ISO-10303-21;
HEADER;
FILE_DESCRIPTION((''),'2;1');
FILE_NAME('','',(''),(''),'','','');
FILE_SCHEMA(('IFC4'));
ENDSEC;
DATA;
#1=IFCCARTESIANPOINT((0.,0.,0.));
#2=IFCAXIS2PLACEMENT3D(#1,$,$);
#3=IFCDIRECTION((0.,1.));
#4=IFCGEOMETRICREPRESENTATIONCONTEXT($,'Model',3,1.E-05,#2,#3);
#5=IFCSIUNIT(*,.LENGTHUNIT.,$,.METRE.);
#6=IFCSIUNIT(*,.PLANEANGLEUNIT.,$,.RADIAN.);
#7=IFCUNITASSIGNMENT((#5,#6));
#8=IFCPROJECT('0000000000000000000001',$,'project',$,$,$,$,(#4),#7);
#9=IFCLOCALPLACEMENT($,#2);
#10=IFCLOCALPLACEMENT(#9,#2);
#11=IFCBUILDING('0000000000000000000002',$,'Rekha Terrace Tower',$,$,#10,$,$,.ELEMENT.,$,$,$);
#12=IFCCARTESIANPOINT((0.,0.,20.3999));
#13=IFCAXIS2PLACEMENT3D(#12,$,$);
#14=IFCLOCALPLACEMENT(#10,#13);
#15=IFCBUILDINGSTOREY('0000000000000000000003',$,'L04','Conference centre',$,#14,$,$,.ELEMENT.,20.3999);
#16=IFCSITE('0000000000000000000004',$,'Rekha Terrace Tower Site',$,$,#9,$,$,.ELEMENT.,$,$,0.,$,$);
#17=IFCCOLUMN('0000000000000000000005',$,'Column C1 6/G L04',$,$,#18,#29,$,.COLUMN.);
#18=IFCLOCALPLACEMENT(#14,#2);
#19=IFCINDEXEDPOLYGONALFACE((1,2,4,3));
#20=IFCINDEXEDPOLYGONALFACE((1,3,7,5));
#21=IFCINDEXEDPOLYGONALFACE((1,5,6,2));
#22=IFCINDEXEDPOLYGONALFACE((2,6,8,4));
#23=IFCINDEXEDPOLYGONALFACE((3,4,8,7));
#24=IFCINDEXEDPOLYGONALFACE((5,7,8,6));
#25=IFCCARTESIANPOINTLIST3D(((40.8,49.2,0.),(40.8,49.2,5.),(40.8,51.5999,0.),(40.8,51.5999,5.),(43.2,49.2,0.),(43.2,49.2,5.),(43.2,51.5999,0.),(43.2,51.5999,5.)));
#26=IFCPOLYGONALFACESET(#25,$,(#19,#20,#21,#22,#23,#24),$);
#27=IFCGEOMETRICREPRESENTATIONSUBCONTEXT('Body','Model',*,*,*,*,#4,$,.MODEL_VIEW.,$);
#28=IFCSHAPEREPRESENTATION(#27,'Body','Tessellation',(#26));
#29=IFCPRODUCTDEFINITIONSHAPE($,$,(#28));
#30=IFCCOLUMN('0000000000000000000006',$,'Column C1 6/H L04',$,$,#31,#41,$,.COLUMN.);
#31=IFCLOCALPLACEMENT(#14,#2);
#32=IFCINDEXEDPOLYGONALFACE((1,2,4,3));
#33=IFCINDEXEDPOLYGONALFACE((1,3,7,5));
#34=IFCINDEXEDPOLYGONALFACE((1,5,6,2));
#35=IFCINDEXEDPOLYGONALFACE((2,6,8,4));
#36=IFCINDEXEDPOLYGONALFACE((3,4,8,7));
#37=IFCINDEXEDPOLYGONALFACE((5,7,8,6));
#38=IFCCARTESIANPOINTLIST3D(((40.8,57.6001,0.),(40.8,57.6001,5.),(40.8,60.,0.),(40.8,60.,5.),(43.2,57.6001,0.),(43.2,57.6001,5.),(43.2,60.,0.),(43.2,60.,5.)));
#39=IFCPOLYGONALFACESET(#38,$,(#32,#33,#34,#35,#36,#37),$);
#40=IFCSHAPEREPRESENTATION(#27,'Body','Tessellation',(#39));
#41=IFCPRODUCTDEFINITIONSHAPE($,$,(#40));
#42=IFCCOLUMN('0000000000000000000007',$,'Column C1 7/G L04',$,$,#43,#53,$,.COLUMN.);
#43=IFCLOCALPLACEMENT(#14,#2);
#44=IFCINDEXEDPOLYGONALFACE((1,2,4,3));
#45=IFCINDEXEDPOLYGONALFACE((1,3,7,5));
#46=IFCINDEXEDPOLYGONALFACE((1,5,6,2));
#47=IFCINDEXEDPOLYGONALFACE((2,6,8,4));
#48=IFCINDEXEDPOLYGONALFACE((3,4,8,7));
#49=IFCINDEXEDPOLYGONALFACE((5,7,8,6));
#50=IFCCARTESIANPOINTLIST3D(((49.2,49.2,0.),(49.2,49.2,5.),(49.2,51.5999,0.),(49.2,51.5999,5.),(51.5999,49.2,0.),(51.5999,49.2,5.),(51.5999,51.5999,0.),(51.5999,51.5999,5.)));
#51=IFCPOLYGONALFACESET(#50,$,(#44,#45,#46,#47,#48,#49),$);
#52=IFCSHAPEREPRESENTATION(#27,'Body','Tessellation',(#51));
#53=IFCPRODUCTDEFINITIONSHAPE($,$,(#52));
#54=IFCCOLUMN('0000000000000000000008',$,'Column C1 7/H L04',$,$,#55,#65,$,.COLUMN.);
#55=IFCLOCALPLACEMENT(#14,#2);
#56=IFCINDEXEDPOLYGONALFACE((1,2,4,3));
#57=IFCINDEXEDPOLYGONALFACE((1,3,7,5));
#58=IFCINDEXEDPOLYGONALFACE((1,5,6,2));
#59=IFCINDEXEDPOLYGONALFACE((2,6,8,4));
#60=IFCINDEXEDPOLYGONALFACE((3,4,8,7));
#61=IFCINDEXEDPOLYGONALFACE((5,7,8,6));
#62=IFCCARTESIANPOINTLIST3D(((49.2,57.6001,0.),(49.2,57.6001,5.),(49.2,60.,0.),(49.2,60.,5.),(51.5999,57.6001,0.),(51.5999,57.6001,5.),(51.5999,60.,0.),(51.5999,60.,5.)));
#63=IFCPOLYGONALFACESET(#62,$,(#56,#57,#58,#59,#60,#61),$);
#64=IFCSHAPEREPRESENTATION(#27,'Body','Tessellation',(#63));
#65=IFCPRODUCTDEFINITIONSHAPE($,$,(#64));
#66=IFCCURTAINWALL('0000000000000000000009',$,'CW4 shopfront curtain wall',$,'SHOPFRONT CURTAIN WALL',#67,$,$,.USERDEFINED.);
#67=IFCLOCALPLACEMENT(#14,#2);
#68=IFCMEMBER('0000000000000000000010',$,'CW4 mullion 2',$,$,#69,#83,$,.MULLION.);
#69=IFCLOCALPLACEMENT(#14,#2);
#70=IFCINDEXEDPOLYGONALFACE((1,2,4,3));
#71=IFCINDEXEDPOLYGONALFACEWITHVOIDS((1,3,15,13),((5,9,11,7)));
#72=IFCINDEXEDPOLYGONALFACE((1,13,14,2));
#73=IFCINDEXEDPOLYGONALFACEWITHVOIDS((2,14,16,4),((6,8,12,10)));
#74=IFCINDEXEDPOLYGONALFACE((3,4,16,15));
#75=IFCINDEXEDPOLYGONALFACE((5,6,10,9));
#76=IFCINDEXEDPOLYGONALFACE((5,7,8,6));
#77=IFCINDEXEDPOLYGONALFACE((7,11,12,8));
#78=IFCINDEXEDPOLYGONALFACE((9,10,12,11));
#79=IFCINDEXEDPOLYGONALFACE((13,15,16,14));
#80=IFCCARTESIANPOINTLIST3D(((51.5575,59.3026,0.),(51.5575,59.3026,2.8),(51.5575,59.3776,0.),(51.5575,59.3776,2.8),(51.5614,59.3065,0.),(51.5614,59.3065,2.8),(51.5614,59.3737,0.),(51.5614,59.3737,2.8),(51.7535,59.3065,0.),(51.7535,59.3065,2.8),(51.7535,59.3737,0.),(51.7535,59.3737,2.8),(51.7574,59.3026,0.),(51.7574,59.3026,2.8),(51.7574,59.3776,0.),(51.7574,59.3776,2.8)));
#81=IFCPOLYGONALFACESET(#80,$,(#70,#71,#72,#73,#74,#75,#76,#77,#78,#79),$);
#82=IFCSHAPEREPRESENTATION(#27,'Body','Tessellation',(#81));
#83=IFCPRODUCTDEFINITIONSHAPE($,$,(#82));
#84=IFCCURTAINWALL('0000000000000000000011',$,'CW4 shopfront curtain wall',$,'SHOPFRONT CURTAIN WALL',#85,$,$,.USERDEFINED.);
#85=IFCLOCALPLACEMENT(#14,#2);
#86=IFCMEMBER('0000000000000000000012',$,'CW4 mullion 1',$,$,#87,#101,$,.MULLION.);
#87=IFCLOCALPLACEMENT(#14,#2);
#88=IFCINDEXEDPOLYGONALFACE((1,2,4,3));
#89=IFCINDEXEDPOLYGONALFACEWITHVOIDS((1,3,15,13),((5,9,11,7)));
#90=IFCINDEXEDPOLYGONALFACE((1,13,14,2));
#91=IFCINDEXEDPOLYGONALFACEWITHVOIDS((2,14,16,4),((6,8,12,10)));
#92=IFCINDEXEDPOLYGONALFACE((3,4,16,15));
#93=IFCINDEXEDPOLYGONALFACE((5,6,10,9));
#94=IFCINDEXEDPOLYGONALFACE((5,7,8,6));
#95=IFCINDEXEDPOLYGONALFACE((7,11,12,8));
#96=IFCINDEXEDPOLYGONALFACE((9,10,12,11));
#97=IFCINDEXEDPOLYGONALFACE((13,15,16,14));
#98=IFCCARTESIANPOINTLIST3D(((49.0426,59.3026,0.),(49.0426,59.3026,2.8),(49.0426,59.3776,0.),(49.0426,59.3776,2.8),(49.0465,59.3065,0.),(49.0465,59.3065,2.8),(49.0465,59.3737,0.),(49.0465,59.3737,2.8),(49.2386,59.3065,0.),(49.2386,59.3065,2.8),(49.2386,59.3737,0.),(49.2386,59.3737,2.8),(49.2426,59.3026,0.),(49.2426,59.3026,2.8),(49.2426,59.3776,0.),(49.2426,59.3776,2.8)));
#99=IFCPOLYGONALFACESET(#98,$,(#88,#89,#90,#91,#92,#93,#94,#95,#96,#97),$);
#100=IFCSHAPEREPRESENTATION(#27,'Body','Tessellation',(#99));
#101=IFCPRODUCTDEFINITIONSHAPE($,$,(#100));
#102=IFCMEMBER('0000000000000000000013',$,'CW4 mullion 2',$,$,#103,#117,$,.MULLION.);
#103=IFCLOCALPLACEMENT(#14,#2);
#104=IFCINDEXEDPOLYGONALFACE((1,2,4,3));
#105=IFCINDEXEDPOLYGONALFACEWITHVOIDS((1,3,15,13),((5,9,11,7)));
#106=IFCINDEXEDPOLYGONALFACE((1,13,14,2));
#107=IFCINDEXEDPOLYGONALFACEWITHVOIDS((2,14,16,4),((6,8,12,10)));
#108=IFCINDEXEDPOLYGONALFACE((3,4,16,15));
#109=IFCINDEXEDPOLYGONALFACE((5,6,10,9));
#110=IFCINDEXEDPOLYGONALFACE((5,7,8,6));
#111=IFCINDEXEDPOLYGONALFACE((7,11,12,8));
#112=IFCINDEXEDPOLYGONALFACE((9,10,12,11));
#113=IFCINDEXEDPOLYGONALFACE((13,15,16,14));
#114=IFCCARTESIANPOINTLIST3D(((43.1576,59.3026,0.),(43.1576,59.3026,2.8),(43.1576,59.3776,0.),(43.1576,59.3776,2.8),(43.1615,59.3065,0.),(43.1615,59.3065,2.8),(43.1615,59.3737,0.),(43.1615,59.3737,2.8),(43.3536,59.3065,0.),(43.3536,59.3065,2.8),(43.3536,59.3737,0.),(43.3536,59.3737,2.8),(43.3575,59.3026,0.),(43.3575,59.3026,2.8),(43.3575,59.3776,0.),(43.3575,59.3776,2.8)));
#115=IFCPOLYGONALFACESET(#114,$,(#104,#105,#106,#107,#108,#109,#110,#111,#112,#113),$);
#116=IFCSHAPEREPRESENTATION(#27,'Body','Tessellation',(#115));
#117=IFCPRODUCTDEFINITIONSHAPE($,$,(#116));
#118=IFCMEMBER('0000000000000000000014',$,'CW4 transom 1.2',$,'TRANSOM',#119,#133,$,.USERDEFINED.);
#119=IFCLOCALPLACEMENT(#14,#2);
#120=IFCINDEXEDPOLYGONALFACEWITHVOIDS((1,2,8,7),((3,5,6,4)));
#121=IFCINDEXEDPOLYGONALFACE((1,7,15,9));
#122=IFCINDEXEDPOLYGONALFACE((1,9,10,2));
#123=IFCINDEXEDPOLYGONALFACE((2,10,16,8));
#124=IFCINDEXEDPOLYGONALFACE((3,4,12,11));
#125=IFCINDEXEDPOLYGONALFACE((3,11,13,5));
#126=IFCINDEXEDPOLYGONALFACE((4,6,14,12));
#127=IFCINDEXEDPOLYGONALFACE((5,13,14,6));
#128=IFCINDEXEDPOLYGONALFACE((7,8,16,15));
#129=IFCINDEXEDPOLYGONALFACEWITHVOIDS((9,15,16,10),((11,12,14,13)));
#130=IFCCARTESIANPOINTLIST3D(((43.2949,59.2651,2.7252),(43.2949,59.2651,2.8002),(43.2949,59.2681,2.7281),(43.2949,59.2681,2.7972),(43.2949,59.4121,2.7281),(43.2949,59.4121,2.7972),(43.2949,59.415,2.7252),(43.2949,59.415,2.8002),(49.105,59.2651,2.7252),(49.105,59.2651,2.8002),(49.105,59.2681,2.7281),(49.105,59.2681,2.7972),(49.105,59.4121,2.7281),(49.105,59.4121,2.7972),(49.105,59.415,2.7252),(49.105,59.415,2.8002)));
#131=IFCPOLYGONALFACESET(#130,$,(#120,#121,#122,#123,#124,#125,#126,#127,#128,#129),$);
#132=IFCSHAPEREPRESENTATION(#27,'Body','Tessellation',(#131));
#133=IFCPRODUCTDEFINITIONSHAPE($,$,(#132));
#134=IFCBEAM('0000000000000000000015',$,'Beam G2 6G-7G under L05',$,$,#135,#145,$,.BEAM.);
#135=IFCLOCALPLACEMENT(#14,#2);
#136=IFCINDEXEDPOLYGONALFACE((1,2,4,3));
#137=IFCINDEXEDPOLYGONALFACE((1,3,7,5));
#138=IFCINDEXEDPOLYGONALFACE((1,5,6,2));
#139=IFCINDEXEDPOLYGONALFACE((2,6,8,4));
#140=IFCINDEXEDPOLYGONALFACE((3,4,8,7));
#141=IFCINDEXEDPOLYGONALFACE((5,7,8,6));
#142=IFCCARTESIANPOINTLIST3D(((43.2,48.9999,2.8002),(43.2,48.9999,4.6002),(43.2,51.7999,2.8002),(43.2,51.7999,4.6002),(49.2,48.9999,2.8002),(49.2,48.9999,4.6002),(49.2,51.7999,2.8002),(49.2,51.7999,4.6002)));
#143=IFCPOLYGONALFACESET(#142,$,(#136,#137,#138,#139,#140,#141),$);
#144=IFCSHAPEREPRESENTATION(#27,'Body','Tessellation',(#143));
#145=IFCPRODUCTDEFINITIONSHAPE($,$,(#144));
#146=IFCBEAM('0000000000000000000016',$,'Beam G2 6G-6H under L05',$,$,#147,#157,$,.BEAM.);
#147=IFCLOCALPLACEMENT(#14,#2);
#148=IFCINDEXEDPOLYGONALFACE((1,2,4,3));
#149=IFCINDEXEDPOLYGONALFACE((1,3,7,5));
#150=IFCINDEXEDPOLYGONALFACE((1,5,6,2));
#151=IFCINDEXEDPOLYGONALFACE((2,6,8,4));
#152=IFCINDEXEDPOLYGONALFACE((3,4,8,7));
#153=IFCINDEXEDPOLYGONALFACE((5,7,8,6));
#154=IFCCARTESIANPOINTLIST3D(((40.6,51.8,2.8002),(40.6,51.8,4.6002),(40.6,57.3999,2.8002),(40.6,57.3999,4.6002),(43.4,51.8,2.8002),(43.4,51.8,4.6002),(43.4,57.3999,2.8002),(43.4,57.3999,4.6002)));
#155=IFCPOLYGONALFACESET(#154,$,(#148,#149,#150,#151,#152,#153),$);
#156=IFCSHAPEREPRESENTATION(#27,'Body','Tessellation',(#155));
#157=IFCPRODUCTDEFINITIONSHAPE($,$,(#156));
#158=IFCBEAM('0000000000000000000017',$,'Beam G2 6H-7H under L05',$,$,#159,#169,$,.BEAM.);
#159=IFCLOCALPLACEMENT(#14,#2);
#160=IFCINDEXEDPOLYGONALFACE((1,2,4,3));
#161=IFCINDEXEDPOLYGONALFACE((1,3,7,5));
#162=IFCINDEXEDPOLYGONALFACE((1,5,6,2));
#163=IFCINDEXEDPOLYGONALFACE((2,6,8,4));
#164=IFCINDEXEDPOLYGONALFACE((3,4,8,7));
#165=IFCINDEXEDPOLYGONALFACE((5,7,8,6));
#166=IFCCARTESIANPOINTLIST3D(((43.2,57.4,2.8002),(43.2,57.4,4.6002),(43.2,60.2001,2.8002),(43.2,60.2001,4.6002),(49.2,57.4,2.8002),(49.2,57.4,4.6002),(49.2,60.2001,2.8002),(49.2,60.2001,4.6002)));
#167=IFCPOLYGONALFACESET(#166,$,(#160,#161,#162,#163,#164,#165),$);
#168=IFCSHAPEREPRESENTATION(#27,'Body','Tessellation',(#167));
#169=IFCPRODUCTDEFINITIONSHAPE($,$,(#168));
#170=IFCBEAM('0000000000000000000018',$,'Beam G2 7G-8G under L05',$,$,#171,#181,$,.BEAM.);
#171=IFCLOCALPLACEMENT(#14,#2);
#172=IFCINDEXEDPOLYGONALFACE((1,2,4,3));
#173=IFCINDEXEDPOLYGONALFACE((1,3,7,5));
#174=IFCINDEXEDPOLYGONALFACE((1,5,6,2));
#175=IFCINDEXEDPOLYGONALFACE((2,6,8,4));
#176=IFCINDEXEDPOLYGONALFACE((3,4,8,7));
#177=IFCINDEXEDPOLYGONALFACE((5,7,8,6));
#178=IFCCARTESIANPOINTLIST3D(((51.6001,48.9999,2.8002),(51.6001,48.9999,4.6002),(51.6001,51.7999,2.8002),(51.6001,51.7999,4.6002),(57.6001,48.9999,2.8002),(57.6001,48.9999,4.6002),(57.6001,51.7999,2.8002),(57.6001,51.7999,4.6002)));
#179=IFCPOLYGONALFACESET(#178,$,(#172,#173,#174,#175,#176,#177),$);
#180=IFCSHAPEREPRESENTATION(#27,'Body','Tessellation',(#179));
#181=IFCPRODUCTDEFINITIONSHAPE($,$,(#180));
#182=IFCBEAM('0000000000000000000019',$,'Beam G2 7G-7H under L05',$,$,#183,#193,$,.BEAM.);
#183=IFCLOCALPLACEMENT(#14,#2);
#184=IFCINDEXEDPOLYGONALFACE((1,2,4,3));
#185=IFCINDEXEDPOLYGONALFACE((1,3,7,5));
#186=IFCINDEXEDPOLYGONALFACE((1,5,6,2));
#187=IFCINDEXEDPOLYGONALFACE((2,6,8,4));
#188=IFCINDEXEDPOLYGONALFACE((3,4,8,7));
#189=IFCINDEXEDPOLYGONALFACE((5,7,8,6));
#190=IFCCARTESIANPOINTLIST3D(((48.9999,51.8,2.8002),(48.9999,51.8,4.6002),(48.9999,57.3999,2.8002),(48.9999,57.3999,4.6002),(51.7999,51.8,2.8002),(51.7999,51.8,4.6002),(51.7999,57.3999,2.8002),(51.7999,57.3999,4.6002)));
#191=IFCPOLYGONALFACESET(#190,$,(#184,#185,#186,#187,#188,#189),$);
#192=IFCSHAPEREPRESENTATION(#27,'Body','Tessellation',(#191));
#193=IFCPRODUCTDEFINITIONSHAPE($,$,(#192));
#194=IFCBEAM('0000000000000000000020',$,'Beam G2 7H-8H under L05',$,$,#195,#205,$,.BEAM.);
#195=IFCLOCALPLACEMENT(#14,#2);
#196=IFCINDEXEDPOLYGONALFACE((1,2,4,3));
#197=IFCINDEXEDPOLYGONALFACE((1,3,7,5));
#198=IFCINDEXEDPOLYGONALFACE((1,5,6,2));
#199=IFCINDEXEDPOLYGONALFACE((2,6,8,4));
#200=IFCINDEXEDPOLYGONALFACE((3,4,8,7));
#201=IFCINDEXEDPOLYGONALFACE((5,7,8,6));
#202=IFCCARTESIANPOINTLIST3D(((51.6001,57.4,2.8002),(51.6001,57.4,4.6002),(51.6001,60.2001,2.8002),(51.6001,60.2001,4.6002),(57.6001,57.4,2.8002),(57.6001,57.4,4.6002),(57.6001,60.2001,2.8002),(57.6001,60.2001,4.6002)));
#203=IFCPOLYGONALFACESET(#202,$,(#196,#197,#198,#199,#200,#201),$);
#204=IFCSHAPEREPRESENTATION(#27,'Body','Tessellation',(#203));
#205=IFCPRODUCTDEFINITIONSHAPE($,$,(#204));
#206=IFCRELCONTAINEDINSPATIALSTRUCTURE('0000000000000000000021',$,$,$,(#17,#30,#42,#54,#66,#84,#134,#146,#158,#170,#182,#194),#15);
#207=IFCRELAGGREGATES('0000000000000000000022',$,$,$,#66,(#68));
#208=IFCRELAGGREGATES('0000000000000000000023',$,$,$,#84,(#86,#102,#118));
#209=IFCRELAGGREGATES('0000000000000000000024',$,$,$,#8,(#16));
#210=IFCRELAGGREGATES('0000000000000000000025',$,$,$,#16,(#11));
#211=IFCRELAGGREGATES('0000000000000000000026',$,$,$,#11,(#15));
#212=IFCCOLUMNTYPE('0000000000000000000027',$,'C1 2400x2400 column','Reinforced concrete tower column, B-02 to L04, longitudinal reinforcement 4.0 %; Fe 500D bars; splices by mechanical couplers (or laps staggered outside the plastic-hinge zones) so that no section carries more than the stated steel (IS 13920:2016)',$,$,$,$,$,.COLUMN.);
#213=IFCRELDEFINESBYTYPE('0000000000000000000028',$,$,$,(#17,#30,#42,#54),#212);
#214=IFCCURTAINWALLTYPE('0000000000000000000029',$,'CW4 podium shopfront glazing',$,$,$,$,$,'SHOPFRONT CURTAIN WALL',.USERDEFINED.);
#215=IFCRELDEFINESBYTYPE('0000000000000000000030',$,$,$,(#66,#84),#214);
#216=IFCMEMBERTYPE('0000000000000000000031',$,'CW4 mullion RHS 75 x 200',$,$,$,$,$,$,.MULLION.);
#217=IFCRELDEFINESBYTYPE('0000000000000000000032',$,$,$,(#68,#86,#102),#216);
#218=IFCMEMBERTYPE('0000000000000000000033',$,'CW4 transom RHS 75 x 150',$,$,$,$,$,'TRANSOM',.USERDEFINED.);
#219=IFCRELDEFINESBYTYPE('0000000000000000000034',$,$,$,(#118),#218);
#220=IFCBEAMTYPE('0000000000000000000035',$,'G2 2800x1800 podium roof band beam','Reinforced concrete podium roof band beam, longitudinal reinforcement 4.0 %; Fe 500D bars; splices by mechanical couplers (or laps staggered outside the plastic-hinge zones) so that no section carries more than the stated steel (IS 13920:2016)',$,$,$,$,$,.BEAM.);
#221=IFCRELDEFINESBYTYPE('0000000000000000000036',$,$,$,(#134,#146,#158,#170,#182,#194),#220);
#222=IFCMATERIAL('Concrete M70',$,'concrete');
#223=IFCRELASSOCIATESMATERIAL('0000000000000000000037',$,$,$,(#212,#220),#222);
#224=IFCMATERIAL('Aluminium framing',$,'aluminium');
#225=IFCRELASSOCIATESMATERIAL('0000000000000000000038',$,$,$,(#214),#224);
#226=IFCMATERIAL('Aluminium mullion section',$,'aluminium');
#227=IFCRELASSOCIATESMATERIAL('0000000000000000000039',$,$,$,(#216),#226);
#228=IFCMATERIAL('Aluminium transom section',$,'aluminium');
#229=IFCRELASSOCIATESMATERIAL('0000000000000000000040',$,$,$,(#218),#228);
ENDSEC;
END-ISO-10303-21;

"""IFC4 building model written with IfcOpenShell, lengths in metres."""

from ifc_helpers import new_model, si_unit, direction, frame, origin, origin_2d, place, context, subcontext, project, spatial, rectangle, hollow_rectangle, extrude, material, material_profile, profile_set, type_object, element, aggregate, save


model = new_model("IFC4")

# Units and contexts
model_context = context("Model", 3, precision=1e-05, world=origin(), true_north=direction((0.0, 1.0)))
body_context = subcontext(model_context, "Body", "Model", "MODEL_VIEW")
ifc_project = project(units=[si_unit("LENGTHUNIT", "METRE"), si_unit("PLANEANGLEUNIT", "RADIAN")], contexts=[model_context])

# Site, building, storey
site_placement = place(None, origin())
site = spatial("IfcSite", under=ifc_project, at=site_placement, Name="Rekha Terrace Tower Site", CompositionType="ELEMENT", RefElevation=0.0)
building_placement = place(site_placement, origin())
building = spatial("IfcBuilding", under=site, at=building_placement, Name="Rekha Terrace Tower", CompositionType="ELEMENT")
storey_placement = place(building_placement, frame((0.0, 0.0, 20.3999)))
storey = spatial("IfcBuildingStorey", under=building, at=storey_placement, Name="L04", Description="Conference centre", CompositionType="ELEMENT", Elevation=20.3999)

# Columns
ifc_material_1 = material(Name="Concrete M70", Category="concrete")
ifc_material_profile_1 = material_profile(ifc_material_1, rectangle(XDim=2.3999, YDim=2.3999, at=origin_2d()), Name="RC 2400x2400")
ifc_profile_set_1 = profile_set([ifc_material_profile_1], Name="Concrete M70")
column_type = type_object("IfcColumnType", Name="C1 2400x2400 column", Description="Reinforced concrete tower column, B-02 to L04, longitudinal reinforcement 4.0 %; Fe 500D bars; splices by mechanical couplers (or laps staggered outside the plastic-hinge zones) so that no section carries more than the stated steel (IS 13920:2016)", PredefinedType="COLUMN", material=ifc_profile_set_1)
for number, where, z_axis, x_axis, name in (
    (1, (42.0, 50.3999, 0.0), (0.0, 0.0, 1.0), (1.0, 0.0, 0.0), "Column C1 6/G L04"),
    (2, (42.0, 58.8, 0.0), (0.0, 0.0, 1.0), (1.0, 0.0, 0.0), "Column C1 6/H L04"),
    (3, (50.3999, 50.3999, 0.0), (0.0, 0.0, 1.0), (1.0, 0.0, 0.0), "Column C1 7/G L04"),
    (4, (50.3999, 58.8, 0.0), (0.0, 0.0, 1.0), (1.0, 0.0, 0.0), "Column C1 7/H L04"),
):
    element("IfcColumn", number, at=place(storey_placement, frame(where, z_axis=z_axis, x_axis=x_axis)), inside=storey, type_object=column_type, Name=name, PredefinedType="COLUMN", context=body_context, shape_type="SweptSolid", body=[
        extrude(rectangle(XDim=2.3999, YDim=2.3999, at=origin_2d()), origin(), (0.0, 0.0, 1.0), 5.0),
    ])

# Curtain wall, member
ifc_material_2 = material(Name="Aluminium framing", Category="aluminium")
curtain_wall_type = type_object("IfcCurtainWallType", Name="CW4 podium shopfront glazing", ElementType="SHOPFRONT CURTAIN WALL", PredefinedType="USERDEFINED", material=ifc_material_2)
curtain_wall_1_placement = place(storey_placement, origin())
curtain_wall_1 = element("IfcCurtainWall", 5, at=curtain_wall_1_placement, inside=storey, type_object=curtain_wall_type, Name="CW4 shopfront curtain wall", ObjectType="SHOPFRONT CURTAIN WALL", PredefinedType="USERDEFINED")
ifc_material_3 = material(Name="Aluminium mullion section", Category="aluminium")
ifc_material_profile_2 = material_profile(ifc_material_3, hollow_rectangle(XDim=0.075, YDim=0.2, WallThickness=0.0039, at=origin_2d()), Name="AL RHS 75x200")
ifc_profile_set_2 = profile_set([ifc_material_profile_2], Name="Aluminium mullion section")
member_type_1 = type_object("IfcMemberType", Name="CW4 mullion RHS 75 x 200", PredefinedType="MULLION", material=ifc_profile_set_2)
member_1_placement = place(storey_placement, frame((51.6575, 59.3401, 0.0), z_axis=(0.0, 0.0, 1.0), x_axis=(0.0, -1.0, 0.0)))
member_1 = element("IfcMember", 6, at=member_1_placement, type_object=member_type_1, Name="CW4 mullion 2", PredefinedType="MULLION", context=body_context, shape_type="SweptSolid", body=[
    extrude(hollow_rectangle(XDim=0.075, YDim=0.2, WallThickness=0.0039, at=origin_2d()), origin(), (0.0, 0.0, 1.0), 2.8),
])
aggregate(curtain_wall_1, [member_1])

# Curtain wall, members
curtain_wall_2_placement = place(storey_placement, origin())
curtain_wall_2 = element("IfcCurtainWall", 7, at=curtain_wall_2_placement, inside=storey, type_object=curtain_wall_type, Name="CW4 shopfront curtain wall", ObjectType="SHOPFRONT CURTAIN WALL", PredefinedType="USERDEFINED")
member_2_placement = place(storey_placement, frame((49.1426, 59.3401, 0.0), z_axis=(0.0, 0.0, 1.0), x_axis=(0.0, -1.0, 0.0)))
member_2 = element("IfcMember", 8, at=member_2_placement, type_object=member_type_1, Name="CW4 mullion 1", PredefinedType="MULLION", context=body_context, shape_type="SweptSolid", body=[
    extrude(hollow_rectangle(XDim=0.075, YDim=0.2, WallThickness=0.0039, at=origin_2d()), origin(), (0.0, 0.0, 1.0), 2.8),
])
member_3_placement = place(storey_placement, frame((43.2576, 59.3401, 0.0), z_axis=(0.0, 0.0, 1.0), x_axis=(0.0, -1.0, 0.0)))
member_3 = element("IfcMember", 9, at=member_3_placement, type_object=member_type_1, Name="CW4 mullion 2", PredefinedType="MULLION", context=body_context, shape_type="SweptSolid", body=[
    extrude(hollow_rectangle(XDim=0.075, YDim=0.2, WallThickness=0.0039, at=origin_2d()), origin(), (0.0, 0.0, 1.0), 2.8),
])
ifc_material_4 = material(Name="Aluminium transom section", Category="aluminium")
ifc_material_profile_3 = material_profile(ifc_material_4, hollow_rectangle(XDim=0.1499, YDim=0.075, WallThickness=0.0029, at=origin_2d()), Name="AL RHS 150x75")
ifc_profile_set_3 = profile_set([ifc_material_profile_3], Name="Aluminium transom section")
member_type_2 = type_object("IfcMemberType", Name="CW4 transom RHS 75 x 150", ElementType="TRANSOM", PredefinedType="USERDEFINED", material=ifc_profile_set_3)
member_4_placement = place(storey_placement, frame((49.105, 59.3401, 2.7627), z_axis=(-1.0, 0.0, 0.0), x_axis=(0.0, -1.0, 0.0)))
member_4 = element("IfcMember", 10, at=member_4_placement, type_object=member_type_2, Name="CW4 transom 1.2", ObjectType="TRANSOM", PredefinedType="USERDEFINED", context=body_context, shape_type="SweptSolid", body=[
    extrude(hollow_rectangle(XDim=0.1499, YDim=0.075, WallThickness=0.0029, at=origin_2d()), origin(), (0.0, 0.0, 1.0), 5.8101),
])

# Beams
ifc_material_profile_4 = material_profile(ifc_material_1, rectangle(XDim=2.8, YDim=1.8, at=origin_2d()), Name="RC 2800x1800")
ifc_profile_set_4 = profile_set([ifc_material_profile_4], Name="Concrete M70")
beam_type = type_object("IfcBeamType", Name="G2 2800x1800 podium roof band beam", Description="Reinforced concrete podium roof band beam, longitudinal reinforcement 4.0 %; Fe 500D bars; splices by mechanical couplers (or laps staggered outside the plastic-hinge zones) so that no section carries more than the stated steel (IS 13920:2016)", PredefinedType="BEAM", material=ifc_profile_set_4)
beam_1_placement = place(storey_placement, frame((43.2, 50.3999, 3.7002), z_axis=(1.0, 0.0, 0.0), x_axis=(0.0, 1.0, 0.0)))
element("IfcBeam", 11, at=beam_1_placement, inside=storey, type_object=beam_type, Name="Beam G2 6G-7G under L05", PredefinedType="BEAM", context=body_context, shape_type="SweptSolid", body=[
    extrude(rectangle(XDim=2.8, YDim=1.8, at=origin_2d()), origin(), (0.0, 0.0, 1.0), 6.0),
])
beam_2_placement = place(storey_placement, frame((42.0, 51.8, 3.7002), z_axis=(0.0, 1.0, 0.0), x_axis=(-1.0, 0.0, 0.0)))
element("IfcBeam", 12, at=beam_2_placement, inside=storey, type_object=beam_type, Name="Beam G2 6G-6H under L05", PredefinedType="BEAM", context=body_context, shape_type="SweptSolid", body=[
    extrude(rectangle(XDim=2.8, YDim=1.8, at=origin_2d()), origin(), (0.0, 0.0, 1.0), 5.5999),
])
for number, where, z_axis, x_axis, name in (
    (13, (43.2, 58.8, 3.7002), (1.0, 0.0, 0.0), (0.0, 1.0, 0.0), "Beam G2 6H-7H under L05"),
    (14, (51.6001, 50.3999, 3.7002), (1.0, 0.0, 0.0), (0.0, 1.0, 0.0), "Beam G2 7G-8G under L05"),
):
    element("IfcBeam", number, at=place(storey_placement, frame(where, z_axis=z_axis, x_axis=x_axis)), inside=storey, type_object=beam_type, Name=name, PredefinedType="BEAM", context=body_context, shape_type="SweptSolid", body=[
        extrude(rectangle(XDim=2.8, YDim=1.8, at=origin_2d()), origin(), (0.0, 0.0, 1.0), 6.0),
    ])
beam_3_placement = place(storey_placement, frame((50.3999, 51.8, 3.7002), z_axis=(0.0, 1.0, 0.0), x_axis=(-1.0, 0.0, 0.0)))
element("IfcBeam", 15, at=beam_3_placement, inside=storey, type_object=beam_type, Name="Beam G2 7G-7H under L05", PredefinedType="BEAM", context=body_context, shape_type="SweptSolid", body=[
    extrude(rectangle(XDim=2.8, YDim=1.8, at=origin_2d()), origin(), (0.0, 0.0, 1.0), 5.5999),
])
beam_4_placement = place(storey_placement, frame((51.6001, 58.8, 3.7002), z_axis=(1.0, 0.0, 0.0), x_axis=(0.0, 1.0, 0.0)))
element("IfcBeam", 16, at=beam_4_placement, inside=storey, type_object=beam_type, Name="Beam G2 7H-8H under L05", PredefinedType="BEAM", context=body_context, shape_type="SweptSolid", body=[
    extrude(rectangle(XDim=2.8, YDim=1.8, at=origin_2d()), origin(), (0.0, 0.0, 1.0), 6.0),
])

aggregate(curtain_wall_2, [member_2, member_3, member_4])

save(model, "model.ifc")
